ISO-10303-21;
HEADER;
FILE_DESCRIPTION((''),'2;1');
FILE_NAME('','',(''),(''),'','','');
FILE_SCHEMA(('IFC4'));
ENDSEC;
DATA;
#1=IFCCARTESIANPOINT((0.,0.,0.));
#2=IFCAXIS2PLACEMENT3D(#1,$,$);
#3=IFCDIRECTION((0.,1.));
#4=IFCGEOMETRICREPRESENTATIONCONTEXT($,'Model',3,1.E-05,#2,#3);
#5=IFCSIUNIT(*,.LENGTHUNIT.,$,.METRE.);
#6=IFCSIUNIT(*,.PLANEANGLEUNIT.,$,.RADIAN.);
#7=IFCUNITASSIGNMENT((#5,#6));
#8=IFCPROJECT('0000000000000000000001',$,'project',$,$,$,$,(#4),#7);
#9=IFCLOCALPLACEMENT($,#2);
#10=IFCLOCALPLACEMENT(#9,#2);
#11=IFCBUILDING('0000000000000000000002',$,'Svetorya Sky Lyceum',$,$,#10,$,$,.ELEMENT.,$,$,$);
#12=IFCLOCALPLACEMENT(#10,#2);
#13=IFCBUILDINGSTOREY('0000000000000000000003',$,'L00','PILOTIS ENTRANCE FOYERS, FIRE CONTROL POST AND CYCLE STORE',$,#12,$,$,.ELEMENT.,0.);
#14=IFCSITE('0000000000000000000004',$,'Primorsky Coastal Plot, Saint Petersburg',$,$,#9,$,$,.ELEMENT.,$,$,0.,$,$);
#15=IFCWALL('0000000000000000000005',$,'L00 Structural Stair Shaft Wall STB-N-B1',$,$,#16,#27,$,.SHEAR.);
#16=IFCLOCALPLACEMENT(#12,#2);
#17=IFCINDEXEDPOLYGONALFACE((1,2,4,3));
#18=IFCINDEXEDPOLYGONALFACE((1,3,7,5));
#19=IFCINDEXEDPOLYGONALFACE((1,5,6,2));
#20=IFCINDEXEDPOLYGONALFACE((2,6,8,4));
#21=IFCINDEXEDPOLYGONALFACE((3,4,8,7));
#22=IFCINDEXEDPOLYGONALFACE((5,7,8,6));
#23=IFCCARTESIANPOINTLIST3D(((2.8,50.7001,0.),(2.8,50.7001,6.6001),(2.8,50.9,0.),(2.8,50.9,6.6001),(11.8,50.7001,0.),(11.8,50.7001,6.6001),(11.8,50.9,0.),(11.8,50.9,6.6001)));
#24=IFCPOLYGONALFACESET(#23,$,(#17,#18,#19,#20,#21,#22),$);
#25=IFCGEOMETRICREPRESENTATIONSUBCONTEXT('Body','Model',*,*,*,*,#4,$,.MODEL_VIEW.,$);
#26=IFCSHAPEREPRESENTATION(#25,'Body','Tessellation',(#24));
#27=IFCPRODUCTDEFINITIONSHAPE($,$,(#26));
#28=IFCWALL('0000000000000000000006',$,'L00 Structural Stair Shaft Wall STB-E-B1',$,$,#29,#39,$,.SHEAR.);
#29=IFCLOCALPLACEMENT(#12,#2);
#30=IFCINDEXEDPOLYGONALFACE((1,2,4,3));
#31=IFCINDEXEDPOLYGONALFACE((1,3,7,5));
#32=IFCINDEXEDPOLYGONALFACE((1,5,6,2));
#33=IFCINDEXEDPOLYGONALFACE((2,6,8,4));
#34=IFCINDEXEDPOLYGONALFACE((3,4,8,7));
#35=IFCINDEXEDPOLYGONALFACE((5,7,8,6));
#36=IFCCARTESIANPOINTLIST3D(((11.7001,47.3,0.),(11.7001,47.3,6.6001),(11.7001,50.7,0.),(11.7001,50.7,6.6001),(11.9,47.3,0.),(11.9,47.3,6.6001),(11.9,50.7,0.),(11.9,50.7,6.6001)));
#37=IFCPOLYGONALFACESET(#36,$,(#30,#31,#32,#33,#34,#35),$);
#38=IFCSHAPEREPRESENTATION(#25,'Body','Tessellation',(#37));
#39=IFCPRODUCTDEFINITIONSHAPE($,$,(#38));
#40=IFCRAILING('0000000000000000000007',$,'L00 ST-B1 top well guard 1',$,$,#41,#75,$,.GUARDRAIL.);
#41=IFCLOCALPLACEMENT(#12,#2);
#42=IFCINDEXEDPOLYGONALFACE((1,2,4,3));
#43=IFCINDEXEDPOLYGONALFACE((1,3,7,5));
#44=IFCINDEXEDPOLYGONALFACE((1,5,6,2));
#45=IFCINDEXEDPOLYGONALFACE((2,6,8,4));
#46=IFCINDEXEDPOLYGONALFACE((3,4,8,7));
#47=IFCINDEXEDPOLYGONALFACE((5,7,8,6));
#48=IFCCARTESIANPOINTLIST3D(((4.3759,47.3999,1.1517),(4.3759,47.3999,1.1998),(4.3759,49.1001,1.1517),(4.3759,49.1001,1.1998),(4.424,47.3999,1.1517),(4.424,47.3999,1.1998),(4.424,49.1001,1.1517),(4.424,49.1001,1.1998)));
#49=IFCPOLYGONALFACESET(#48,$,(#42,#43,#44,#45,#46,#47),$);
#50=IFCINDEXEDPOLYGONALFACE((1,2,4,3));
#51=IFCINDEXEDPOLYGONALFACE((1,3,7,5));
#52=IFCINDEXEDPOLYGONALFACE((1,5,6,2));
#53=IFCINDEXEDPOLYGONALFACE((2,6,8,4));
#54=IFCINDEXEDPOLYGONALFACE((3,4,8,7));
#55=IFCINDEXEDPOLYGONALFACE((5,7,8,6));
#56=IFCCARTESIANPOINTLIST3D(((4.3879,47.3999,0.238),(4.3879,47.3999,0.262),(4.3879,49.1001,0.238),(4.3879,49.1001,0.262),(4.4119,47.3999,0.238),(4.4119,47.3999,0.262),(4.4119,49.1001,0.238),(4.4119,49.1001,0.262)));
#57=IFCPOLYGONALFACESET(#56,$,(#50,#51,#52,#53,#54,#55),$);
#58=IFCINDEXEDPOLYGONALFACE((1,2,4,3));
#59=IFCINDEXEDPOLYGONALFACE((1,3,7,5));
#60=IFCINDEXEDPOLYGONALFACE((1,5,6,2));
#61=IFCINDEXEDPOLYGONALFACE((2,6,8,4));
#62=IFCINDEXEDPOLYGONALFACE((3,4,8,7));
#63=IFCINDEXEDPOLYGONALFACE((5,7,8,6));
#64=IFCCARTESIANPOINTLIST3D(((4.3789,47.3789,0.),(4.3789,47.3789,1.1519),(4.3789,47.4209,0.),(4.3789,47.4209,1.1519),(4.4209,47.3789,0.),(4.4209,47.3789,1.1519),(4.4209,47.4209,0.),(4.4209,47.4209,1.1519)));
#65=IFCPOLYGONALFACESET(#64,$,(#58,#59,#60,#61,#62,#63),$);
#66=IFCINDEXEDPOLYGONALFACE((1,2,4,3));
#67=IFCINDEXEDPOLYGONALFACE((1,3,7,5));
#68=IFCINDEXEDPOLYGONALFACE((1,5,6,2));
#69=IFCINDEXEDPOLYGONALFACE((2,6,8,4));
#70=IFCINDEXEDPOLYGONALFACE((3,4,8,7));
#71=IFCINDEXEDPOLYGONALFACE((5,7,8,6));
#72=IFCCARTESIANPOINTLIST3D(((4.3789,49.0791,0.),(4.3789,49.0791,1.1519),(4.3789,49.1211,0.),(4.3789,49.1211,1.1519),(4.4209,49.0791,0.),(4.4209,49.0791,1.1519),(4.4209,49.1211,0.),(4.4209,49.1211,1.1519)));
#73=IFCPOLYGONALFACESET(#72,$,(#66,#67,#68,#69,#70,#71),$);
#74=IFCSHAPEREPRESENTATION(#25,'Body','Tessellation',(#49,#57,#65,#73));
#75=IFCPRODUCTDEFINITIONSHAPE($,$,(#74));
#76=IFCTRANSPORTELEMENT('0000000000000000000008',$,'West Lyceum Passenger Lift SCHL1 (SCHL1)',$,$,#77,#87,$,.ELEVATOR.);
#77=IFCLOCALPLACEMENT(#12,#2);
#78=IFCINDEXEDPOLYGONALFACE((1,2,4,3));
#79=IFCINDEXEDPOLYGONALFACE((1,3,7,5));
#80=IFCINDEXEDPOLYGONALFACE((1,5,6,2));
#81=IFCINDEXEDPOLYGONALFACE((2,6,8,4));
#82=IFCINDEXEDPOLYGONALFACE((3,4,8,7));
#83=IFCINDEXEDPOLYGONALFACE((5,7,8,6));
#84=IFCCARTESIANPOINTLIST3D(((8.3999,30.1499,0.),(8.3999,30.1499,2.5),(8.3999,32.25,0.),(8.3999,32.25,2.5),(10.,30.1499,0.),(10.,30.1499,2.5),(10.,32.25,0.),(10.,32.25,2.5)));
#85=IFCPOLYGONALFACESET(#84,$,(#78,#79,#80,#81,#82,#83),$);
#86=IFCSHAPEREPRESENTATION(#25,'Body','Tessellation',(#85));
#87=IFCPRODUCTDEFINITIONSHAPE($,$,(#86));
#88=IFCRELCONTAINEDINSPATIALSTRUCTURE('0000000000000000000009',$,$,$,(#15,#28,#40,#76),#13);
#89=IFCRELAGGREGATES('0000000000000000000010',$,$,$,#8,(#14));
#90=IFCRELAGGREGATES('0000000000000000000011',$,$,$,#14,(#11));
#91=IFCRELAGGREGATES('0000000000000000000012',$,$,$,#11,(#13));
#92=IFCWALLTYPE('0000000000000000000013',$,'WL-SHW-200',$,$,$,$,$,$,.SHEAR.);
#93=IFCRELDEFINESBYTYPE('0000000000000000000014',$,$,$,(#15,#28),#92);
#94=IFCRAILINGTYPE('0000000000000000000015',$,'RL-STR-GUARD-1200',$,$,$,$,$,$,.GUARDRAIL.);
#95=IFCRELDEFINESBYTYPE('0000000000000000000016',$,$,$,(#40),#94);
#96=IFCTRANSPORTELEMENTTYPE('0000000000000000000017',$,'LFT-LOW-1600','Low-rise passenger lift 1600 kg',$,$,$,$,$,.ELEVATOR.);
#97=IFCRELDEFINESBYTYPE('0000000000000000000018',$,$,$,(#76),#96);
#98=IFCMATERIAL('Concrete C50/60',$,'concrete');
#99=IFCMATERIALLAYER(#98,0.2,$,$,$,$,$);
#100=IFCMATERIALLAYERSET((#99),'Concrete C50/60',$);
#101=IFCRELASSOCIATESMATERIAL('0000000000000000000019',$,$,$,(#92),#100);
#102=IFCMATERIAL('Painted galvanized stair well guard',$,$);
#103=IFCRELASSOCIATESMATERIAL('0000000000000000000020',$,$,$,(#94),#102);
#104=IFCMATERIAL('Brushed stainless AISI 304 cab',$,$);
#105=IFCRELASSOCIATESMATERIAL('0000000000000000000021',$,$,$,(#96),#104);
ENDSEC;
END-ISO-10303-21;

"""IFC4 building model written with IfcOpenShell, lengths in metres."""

from ifc_helpers import new_model, si_unit, direction, frame, frame_2d, origin, origin_2d, place, context, subcontext, project, spatial, rectangle, extrude, material, layer, layer_set, type_object, element, save


model = new_model("IFC4")

# Units and contexts
model_context = context("Model", 3, precision=1e-05, world=origin(), true_north=direction((0.0, 1.0)))
body_context = subcontext(model_context, "Body", "Model", "MODEL_VIEW")
ifc_project = project(units=[si_unit("LENGTHUNIT", "METRE"), si_unit("PLANEANGLEUNIT", "RADIAN")], contexts=[model_context])

# Site, building, storey
site_placement = place(None, origin())
site = spatial("IfcSite", under=ifc_project, at=site_placement, Name="Primorsky Coastal Plot, Saint Petersburg", CompositionType="ELEMENT", RefElevation=0.0)
building_placement = place(site_placement, origin())
building = spatial("IfcBuilding", under=site, at=building_placement, Name="Svetorya Sky Lyceum", CompositionType="ELEMENT")
storey_placement = place(building_placement, origin())
storey = spatial("IfcBuildingStorey", under=building, at=storey_placement, Name="L00", Description="PILOTIS ENTRANCE FOYERS, FIRE CONTROL POST AND CYCLE STORE", CompositionType="ELEMENT", Elevation=0.0)

# Shared definitions
ifc_material_1 = material(Name="Concrete C50/60", Category="concrete")

# Wall
ifc_layer_1 = layer(ifc_material_1, 0.2)
ifc_layer_set_1 = layer_set([ifc_layer_1], Name="Concrete C50/60")
wall_type_1 = type_object("IfcWallType", Name="WL-SHW-200", PredefinedType="SHEAR", material=ifc_layer_set_1)
for number, where, z_axis, x_axis, name in (
    (1, (11.8, 50.8, 0.0), (0.0, 0.0, 1.0), (-1.0, 0.0, 0.0), "L00 Structural Stair Shaft Wall STB-N-B1"),
):
    element("IfcWall", number, at=place(storey_placement, frame(where, z_axis=z_axis, x_axis=x_axis)), inside=storey, type_object=wall_type_1, Name=name, PredefinedType="SHEAR", context=body_context, shape_type="SweptSolid", body=[
        extrude(rectangle(XDim=9.0, YDim=0.2, at=frame_2d((4.5, 0.0))), origin(), (0.0, 0.0, 1.0), 6.6001),
    ])

# Wall
wall_1_placement = place(storey_placement, frame((11.8, 47.3, 0.0), z_axis=(0.0, 0.0, 1.0), x_axis=(0.0, 1.0, 0.0)))
element("IfcWall", 2, at=wall_1_placement, inside=storey, type_object=wall_type_1, Name="L00 Structural Stair Shaft Wall STB-E-B1", PredefinedType="SHEAR", context=body_context, shape_type="SweptSolid", body=[
    extrude(rectangle(XDim=3.3999, YDim=0.2, at=frame_2d((1.7, 0.0))), origin(), (0.0, 0.0, 1.0), 6.6001),
])

# Railing
ifc_material_2 = material(Name="Painted galvanized stair well guard")
railing_type = type_object("IfcRailingType", Name="RL-STR-GUARD-1200", PredefinedType="GUARDRAIL", material=ifc_material_2)
railing_placement = place(storey_placement, frame((4.3999, 47.3999, 0.0)))
element("IfcRailing", 3, at=railing_placement, inside=storey, type_object=railing_type, Name="L00 ST-B1 top well guard 1", PredefinedType="GUARDRAIL", context=body_context, shape_type="SweptSolid", body=[
    extrude(rectangle(XDim=0.0481, YDim=0.0481, at=origin_2d()), frame((0.0, 0.0, 1.1758), z_axis=(0.0, 1.0, 0.0), x_axis=(-1.0, 0.0, 0.0)), (0.0, 0.0, 1.0), 1.7002),
    extrude(rectangle(XDim=0.0239, YDim=0.0239, at=origin_2d()), frame((0.0, 0.0, 0.25), z_axis=(0.0, 1.0, 0.0), x_axis=(-1.0, 0.0, 0.0)), (0.0, 0.0, 1.0), 1.7002),
    extrude(rectangle(XDim=0.042, YDim=0.042, at=origin_2d()), origin(), (0.0, 0.0, 1.0), 1.1519),
    extrude(rectangle(XDim=0.042, YDim=0.042, at=origin_2d()), frame((0.0, 1.7002, 0.0)), (0.0, 0.0, 1.0), 1.1519),
])

# Transport element
ifc_material_3 = material(Name="Brushed stainless AISI 304 cab")
transport_element_type = type_object("IfcTransportElementType", Name="LFT-LOW-1600", Description="Low-rise passenger lift 1600 kg", PredefinedType="ELEVATOR", material=ifc_material_3)
transport_element_placement = place(storey_placement, frame((9.2, 31.2, 0.0), z_axis=(0.0, 0.0, 1.0), x_axis=(1.0, 0.0, 0.0)))
element("IfcTransportElement", 4, at=transport_element_placement, inside=storey, type_object=transport_element_type, Name="West Lyceum Passenger Lift SCHL1 (SCHL1)", PredefinedType="ELEVATOR", context=body_context, shape_type="SweptSolid", body=[
    extrude(rectangle(XDim=1.6001, YDim=2.1001, at=origin_2d()), origin(), (0.0, 0.0, 1.0), 2.5),
])

save(model, "model.ifc")
